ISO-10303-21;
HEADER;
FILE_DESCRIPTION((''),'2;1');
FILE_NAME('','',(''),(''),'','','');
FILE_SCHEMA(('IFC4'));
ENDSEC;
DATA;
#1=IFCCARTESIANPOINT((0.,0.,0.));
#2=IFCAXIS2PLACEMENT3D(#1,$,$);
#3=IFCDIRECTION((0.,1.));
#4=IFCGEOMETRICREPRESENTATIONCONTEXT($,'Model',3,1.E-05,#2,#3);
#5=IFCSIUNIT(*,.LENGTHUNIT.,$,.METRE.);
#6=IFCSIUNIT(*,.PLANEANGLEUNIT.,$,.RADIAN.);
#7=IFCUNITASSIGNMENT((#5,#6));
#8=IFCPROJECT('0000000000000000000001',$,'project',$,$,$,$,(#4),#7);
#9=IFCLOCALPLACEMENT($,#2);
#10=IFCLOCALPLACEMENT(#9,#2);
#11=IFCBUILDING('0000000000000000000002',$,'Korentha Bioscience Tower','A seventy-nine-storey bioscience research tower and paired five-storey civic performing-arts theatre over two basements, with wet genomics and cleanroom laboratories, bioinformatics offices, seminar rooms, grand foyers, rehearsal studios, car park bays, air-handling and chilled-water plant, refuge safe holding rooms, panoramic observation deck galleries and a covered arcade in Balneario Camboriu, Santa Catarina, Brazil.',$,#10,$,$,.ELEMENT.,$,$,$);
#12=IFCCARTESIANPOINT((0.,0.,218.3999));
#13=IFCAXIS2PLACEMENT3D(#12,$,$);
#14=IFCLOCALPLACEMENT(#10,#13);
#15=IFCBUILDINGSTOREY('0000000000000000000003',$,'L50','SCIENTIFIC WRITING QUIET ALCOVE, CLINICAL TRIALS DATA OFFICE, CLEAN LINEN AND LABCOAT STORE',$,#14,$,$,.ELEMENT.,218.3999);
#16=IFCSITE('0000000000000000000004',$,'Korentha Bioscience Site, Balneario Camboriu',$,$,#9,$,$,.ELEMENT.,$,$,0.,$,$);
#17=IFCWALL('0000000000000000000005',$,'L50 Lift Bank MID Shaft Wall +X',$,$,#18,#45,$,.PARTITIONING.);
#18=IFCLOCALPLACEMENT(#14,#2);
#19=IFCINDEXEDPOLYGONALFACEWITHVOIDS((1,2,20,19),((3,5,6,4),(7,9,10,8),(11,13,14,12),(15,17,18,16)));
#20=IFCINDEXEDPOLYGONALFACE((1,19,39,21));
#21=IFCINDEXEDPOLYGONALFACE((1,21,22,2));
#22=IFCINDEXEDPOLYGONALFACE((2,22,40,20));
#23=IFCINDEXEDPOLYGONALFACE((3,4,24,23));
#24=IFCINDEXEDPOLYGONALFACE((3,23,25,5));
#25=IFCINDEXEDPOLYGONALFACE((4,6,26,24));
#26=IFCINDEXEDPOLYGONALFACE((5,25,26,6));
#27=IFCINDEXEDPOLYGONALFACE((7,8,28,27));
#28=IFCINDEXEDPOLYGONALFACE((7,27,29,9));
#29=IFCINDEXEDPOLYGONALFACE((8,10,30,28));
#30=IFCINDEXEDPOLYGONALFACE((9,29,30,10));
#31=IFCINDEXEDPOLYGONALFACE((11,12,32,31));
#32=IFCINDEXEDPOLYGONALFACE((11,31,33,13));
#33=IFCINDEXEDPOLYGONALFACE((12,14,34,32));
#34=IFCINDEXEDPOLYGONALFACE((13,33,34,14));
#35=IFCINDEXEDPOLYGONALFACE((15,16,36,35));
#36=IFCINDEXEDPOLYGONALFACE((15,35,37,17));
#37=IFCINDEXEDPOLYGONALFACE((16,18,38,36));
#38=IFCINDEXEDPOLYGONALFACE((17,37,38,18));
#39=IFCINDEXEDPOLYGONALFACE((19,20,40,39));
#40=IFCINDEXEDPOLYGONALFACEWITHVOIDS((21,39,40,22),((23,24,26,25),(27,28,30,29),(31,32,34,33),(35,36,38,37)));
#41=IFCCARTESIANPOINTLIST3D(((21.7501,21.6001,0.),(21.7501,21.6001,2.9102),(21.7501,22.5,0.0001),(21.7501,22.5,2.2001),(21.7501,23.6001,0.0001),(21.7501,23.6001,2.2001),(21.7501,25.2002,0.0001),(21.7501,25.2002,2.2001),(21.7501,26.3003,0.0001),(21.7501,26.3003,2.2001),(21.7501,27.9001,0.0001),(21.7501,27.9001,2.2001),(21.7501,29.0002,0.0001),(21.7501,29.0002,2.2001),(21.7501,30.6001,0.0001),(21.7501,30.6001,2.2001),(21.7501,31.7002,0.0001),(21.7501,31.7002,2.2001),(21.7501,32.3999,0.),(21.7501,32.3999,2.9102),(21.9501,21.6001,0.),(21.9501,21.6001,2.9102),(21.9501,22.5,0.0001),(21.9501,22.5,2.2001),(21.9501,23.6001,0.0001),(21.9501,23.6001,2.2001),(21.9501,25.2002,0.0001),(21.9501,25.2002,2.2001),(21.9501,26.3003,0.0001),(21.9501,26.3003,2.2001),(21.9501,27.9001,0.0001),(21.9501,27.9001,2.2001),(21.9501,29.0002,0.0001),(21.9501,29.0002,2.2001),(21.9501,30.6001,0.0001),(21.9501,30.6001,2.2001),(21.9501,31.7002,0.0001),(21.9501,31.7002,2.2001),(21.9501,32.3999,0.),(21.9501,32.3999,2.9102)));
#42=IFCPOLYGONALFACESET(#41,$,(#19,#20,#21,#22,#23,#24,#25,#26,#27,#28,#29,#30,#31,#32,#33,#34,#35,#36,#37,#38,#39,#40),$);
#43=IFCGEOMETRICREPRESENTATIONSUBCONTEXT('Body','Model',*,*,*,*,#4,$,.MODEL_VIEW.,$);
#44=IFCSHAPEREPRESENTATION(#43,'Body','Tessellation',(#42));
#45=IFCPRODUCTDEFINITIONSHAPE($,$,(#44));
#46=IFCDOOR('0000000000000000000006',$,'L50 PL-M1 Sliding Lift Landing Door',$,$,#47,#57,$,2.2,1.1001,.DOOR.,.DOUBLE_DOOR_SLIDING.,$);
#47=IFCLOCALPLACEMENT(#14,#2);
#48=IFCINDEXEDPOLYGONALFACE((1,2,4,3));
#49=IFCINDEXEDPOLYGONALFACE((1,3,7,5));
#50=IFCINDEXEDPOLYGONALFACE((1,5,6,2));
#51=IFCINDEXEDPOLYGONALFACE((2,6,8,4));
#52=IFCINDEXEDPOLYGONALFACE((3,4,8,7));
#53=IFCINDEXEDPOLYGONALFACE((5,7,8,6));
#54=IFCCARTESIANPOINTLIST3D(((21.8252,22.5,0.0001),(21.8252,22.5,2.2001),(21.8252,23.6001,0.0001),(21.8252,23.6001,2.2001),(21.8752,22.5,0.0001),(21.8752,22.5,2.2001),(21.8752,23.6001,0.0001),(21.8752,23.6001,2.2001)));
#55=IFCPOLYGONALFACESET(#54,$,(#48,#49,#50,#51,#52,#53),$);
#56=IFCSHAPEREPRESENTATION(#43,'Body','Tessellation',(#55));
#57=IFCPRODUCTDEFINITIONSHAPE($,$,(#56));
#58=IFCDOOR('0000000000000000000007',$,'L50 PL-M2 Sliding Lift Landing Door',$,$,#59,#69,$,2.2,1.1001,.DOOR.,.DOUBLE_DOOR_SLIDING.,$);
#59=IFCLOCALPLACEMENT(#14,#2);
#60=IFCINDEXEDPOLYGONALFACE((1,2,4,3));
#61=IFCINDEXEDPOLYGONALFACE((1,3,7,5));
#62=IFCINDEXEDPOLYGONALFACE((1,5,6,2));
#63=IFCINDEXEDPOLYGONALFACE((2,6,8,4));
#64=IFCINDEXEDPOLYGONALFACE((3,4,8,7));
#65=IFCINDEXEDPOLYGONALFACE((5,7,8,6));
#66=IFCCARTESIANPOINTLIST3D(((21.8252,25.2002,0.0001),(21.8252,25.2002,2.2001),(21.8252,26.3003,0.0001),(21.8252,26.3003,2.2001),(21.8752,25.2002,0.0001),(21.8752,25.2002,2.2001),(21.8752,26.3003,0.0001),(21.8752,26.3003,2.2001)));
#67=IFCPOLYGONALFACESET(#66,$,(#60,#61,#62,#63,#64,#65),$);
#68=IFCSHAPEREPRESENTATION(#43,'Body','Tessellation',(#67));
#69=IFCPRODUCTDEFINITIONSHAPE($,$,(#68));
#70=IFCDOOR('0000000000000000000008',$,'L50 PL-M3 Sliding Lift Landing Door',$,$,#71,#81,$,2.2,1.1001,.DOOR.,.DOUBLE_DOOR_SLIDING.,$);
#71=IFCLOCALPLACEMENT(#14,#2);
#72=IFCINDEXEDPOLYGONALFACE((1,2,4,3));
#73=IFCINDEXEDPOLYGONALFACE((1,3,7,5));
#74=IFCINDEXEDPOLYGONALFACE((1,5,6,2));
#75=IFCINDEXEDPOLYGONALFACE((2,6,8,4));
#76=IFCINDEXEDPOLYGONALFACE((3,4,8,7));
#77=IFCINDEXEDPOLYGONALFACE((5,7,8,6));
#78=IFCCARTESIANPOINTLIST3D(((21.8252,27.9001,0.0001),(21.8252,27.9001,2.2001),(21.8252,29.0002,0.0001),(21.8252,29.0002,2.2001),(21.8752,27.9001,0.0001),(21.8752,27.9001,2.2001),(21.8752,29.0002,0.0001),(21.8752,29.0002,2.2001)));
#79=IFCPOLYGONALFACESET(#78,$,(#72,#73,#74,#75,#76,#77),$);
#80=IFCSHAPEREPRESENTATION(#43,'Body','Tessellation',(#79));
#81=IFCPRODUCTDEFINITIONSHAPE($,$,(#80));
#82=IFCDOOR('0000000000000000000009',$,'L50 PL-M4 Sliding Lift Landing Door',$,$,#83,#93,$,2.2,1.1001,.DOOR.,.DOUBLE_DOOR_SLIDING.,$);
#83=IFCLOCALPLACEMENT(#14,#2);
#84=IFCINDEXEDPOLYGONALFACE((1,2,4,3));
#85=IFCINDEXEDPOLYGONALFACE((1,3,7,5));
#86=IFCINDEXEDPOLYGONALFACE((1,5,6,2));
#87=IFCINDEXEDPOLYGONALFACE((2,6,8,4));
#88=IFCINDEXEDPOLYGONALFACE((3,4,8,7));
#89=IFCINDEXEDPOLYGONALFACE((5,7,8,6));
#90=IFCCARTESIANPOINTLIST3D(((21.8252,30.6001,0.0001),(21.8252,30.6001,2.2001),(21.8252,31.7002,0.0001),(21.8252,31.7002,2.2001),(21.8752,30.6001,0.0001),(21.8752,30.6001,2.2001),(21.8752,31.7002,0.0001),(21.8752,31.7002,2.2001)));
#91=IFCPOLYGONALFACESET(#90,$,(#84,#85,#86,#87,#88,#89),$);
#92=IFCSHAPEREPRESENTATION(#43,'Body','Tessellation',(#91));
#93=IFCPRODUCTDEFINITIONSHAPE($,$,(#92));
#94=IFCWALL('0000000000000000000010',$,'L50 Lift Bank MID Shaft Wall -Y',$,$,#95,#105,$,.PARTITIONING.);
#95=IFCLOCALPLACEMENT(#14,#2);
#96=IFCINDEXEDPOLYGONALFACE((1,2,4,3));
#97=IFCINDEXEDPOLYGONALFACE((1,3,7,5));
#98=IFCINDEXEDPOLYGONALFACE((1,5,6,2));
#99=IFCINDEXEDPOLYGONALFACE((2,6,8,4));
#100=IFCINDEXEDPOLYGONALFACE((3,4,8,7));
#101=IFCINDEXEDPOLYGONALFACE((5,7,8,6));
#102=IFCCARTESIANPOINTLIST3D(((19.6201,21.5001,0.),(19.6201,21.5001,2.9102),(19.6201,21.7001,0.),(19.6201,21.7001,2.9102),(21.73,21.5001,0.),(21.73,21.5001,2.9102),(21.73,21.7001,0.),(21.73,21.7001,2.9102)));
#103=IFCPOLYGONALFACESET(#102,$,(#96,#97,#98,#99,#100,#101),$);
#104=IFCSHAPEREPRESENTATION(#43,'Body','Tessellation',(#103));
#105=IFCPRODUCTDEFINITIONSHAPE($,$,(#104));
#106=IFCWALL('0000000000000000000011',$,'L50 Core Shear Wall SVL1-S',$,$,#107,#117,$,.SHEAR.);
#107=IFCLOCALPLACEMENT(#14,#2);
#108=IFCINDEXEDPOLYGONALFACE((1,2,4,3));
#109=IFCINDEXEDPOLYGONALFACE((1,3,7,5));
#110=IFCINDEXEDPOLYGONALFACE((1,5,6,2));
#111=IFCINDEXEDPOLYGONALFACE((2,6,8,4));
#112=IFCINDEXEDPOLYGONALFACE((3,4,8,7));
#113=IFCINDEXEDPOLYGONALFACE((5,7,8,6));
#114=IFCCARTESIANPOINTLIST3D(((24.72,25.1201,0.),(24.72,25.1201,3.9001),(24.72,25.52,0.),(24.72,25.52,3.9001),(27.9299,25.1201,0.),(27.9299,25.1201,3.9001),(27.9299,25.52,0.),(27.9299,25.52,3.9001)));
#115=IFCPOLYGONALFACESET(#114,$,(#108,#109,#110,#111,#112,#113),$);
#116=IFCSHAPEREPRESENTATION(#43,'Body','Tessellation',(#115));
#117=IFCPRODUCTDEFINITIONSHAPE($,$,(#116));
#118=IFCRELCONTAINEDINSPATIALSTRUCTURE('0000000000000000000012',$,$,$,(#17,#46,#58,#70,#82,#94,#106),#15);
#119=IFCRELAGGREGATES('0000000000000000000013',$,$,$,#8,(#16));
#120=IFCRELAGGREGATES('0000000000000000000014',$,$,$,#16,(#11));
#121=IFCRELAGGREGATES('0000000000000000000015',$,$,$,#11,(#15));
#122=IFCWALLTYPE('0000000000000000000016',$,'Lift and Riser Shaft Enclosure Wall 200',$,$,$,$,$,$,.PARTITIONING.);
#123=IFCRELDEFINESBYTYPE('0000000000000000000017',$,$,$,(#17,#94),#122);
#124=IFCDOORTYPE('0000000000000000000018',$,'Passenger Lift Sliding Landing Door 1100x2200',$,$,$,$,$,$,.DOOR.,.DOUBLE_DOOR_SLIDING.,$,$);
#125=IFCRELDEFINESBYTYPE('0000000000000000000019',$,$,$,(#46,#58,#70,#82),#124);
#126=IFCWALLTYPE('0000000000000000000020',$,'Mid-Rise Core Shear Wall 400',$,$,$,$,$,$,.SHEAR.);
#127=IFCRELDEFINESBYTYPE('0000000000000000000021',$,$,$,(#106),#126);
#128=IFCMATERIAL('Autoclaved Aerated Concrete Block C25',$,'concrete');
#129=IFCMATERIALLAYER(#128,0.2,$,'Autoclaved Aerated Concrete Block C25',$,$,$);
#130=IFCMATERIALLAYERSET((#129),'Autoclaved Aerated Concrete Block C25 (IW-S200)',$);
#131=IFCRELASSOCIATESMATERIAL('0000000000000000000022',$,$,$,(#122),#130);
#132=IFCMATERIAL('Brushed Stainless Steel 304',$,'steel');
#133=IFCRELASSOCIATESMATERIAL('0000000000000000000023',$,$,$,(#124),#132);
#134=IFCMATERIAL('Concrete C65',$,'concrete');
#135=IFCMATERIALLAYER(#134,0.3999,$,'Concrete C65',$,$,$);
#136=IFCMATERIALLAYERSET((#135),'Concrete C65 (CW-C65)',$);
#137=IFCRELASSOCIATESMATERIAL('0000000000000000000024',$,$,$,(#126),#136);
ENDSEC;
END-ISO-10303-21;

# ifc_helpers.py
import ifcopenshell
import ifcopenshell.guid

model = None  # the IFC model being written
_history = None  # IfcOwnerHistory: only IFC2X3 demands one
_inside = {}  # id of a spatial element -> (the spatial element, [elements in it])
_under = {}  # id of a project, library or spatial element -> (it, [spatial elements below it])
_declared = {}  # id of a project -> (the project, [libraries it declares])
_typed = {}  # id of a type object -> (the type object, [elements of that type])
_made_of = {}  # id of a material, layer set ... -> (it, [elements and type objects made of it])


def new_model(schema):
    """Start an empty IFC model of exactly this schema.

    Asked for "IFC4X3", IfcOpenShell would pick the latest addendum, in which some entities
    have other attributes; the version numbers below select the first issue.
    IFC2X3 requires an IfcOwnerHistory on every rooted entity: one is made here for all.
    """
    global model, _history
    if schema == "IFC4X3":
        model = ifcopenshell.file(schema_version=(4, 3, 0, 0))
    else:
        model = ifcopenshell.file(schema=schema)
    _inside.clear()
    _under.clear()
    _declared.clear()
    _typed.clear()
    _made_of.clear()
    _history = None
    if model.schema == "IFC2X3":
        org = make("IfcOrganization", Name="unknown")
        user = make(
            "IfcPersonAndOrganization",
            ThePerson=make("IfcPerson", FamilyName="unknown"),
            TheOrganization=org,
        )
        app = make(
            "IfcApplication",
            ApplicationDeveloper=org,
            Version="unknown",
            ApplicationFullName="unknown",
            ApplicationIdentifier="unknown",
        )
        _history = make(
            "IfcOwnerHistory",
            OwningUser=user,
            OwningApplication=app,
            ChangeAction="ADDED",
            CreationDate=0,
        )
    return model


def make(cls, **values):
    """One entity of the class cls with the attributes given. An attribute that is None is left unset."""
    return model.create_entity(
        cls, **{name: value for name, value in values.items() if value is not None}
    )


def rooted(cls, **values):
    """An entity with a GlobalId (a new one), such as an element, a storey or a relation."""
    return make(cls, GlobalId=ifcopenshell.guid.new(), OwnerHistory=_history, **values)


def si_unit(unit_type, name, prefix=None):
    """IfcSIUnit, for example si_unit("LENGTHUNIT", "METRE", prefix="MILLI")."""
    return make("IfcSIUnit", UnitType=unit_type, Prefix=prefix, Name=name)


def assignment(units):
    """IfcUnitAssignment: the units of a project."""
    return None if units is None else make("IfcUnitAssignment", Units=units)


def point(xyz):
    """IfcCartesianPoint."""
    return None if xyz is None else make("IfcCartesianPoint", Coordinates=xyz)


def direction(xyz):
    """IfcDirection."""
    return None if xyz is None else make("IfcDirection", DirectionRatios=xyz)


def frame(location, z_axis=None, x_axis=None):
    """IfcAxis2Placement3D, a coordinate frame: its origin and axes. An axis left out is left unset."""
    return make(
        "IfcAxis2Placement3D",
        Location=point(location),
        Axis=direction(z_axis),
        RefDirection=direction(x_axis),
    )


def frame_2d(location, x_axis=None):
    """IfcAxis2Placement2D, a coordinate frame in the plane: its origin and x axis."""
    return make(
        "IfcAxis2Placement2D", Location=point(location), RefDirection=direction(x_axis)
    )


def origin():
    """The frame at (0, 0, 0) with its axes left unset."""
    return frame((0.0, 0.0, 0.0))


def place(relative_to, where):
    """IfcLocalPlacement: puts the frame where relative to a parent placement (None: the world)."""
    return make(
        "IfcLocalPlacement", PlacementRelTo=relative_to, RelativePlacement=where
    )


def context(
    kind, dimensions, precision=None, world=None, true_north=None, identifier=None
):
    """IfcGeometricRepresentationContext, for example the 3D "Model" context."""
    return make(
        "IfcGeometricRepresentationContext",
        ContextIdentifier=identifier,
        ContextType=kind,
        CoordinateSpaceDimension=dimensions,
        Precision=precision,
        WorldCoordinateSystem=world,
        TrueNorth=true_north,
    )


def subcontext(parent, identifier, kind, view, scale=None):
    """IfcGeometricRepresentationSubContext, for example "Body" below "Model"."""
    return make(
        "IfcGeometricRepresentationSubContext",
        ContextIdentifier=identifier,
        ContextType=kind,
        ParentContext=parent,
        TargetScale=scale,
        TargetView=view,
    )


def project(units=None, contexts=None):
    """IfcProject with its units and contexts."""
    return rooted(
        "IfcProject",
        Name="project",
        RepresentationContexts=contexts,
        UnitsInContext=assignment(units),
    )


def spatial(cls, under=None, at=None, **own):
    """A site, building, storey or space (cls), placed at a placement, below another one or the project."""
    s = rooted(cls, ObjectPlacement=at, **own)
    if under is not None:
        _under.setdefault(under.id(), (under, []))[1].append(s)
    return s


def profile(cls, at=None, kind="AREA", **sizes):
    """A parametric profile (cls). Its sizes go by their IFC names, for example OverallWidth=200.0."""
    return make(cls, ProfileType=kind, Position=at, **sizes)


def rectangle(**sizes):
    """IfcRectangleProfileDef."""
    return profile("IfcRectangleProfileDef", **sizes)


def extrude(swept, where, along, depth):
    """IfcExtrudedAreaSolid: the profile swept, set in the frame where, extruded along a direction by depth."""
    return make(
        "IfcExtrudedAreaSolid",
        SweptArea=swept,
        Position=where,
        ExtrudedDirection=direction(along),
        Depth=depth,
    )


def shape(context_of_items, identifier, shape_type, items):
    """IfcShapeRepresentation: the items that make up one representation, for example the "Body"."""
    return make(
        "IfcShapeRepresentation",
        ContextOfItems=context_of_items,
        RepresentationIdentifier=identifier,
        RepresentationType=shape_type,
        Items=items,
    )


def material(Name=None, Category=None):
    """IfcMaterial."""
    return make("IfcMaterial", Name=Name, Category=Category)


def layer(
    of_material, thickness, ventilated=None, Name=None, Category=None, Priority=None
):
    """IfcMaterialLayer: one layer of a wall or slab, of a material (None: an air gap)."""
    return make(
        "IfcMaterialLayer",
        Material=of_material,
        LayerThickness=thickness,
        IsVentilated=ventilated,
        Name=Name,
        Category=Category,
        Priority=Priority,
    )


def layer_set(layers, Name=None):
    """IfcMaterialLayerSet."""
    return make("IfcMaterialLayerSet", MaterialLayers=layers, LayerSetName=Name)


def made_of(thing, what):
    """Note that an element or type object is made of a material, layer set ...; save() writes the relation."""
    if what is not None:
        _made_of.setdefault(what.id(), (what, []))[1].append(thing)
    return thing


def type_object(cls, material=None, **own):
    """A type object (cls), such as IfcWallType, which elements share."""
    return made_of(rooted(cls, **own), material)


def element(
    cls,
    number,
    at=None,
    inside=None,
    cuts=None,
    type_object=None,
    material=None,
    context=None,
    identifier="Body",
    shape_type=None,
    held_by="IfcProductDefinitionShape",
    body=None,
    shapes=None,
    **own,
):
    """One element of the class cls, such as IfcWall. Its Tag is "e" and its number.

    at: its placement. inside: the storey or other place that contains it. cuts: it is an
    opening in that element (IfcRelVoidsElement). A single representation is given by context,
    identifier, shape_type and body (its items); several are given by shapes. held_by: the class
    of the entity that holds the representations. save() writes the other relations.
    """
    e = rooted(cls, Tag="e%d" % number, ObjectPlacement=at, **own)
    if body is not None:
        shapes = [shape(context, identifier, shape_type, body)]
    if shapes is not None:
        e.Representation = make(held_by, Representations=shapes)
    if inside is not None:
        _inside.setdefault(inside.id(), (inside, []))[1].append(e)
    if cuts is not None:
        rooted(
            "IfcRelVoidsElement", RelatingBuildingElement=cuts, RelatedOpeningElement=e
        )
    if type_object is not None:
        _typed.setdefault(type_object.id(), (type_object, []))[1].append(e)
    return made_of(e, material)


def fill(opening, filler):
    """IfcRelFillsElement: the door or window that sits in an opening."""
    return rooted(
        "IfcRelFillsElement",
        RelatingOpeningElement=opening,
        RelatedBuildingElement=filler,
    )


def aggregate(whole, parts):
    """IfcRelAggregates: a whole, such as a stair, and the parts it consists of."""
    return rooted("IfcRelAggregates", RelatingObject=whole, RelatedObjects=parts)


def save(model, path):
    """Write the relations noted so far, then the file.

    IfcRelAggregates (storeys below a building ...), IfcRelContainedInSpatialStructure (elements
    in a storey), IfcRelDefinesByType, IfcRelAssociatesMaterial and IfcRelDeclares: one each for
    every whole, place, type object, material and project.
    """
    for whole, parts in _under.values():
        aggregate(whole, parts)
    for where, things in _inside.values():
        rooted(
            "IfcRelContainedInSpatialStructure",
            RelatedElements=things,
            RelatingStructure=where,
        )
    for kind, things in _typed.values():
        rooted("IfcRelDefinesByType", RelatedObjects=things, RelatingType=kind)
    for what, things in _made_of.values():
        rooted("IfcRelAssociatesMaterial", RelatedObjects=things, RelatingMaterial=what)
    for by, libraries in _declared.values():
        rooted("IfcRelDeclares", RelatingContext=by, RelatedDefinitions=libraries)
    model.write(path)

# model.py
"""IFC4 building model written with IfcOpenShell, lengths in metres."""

from ifc_helpers import new_model, si_unit, direction, frame, frame_2d, origin, place, context, subcontext, project, spatial, rectangle, extrude, material, layer, layer_set, type_object, element, fill, save


model = new_model("IFC4")

# Units and contexts
model_context = context("Model", 3, precision=1e-05, world=origin(), true_north=direction((0.0, 1.0)))
body_context = subcontext(model_context, "Body", "Model", "MODEL_VIEW")
ifc_project = project(units=[si_unit("LENGTHUNIT", "METRE"), si_unit("PLANEANGLEUNIT", "RADIAN")], contexts=[model_context])

# Site, building, storey
site_placement = place(None, origin())
site = spatial("IfcSite", under=ifc_project, at=site_placement, Name="Korentha Bioscience Site, Balneario Camboriu", CompositionType="ELEMENT", RefElevation=0.0)
building_placement = place(site_placement, origin())
building = spatial("IfcBuilding", under=site, at=building_placement, Name="Korentha Bioscience Tower", Description="A seventy-nine-storey bioscience research tower and paired five-storey civic performing-arts theatre over two basements, with wet genomics and cleanroom laboratories, bioinformatics offices, seminar rooms, grand foyers, rehearsal studios, car park bays, air-handling and chilled-water plant, refuge safe holding rooms, panoramic observation deck galleries and a covered arcade in Balneario Camboriu, Santa Catarina, Brazil.", CompositionType="ELEMENT")
storey_placement = place(building_placement, frame((0.0, 0.0, 218.3999)))
storey = spatial("IfcBuildingStorey", under=building, at=storey_placement, Name="L50", Description="SCIENTIFIC WRITING QUIET ALCOVE, CLINICAL TRIALS DATA OFFICE, CLEAN LINEN AND LABCOAT STORE", CompositionType="ELEMENT", Elevation=218.3999)

# Shared definitions
ifc_material_1 = material(Name="Concrete C65", Category="concrete")

# Shared definitions
ifc_material_2 = material(Name="Autoclaved Aerated Concrete Block C25", Category="concrete")
ifc_layer_1 = layer(ifc_material_2, 0.2, Name="Autoclaved Aerated Concrete Block C25")
ifc_layer_set_1 = layer_set([ifc_layer_1], Name="Autoclaved Aerated Concrete Block C25 (IW-S200)")
wall_type_1 = type_object("IfcWallType", Name="Lift and Riser Shaft Enclosure Wall 200", PredefinedType="PARTITIONING", material=ifc_layer_set_1)

# Wall, openings, doors
wall_1_placement = place(storey_placement, frame((21.8501, 21.6001, 0.0), z_axis=(0.0, 0.0, 1.0), x_axis=(0.0, 1.0, 0.0)))
wall_1 = element("IfcWall", 1, at=wall_1_placement, inside=storey, type_object=wall_type_1, Name="L50 Lift Bank MID Shaft Wall +X", PredefinedType="PARTITIONING", context=body_context, shape_type="SweptSolid", body=[
    extrude(rectangle(XDim=10.7998, YDim=0.2, at=frame_2d((5.3999, 0.0))), origin(), (0.0, 0.0, 1.0), 2.9102),
])
opening_1_placement = place(wall_1_placement, frame((0.8999, 0.0, 0.0)))
opening_1 = element("IfcOpeningElement", 2, at=opening_1_placement, cuts=wall_1, PredefinedType="OPENING", context=body_context, shape_type="SweptSolid", body=[
    extrude(rectangle(XDim=1.1001, YDim=2.2, at=frame_2d((0.55, 1.1001))), frame((0.0, 0.1147, 0.0), z_axis=(0.0, -1.0, 0.0), x_axis=(1.0, 0.0, 0.0)), (0.0, 0.0, 1.0), 0.2297),
])
opening_2_placement = place(wall_1_placement, frame((3.6001, 0.0, 0.0)))
opening_2 = element("IfcOpeningElement", 3, at=opening_2_placement, cuts=wall_1, PredefinedType="OPENING", context=body_context, shape_type="SweptSolid", body=[
    extrude(rectangle(XDim=1.1001, YDim=2.2, at=frame_2d((0.55, 1.1001))), frame((0.0, 0.1147, 0.0), z_axis=(0.0, -1.0, 0.0), x_axis=(1.0, 0.0, 0.0)), (0.0, 0.0, 1.0), 0.2297),
])
opening_3_placement = place(wall_1_placement, frame((6.3, 0.0, 0.0)))
opening_3 = element("IfcOpeningElement", 4, at=opening_3_placement, cuts=wall_1, PredefinedType="OPENING", context=body_context, shape_type="SweptSolid", body=[
    extrude(rectangle(XDim=1.1001, YDim=2.2, at=frame_2d((0.55, 1.1001))), frame((0.0, 0.1147, 0.0), z_axis=(0.0, -1.0, 0.0), x_axis=(1.0, 0.0, 0.0)), (0.0, 0.0, 1.0), 0.2297),
])
opening_4_placement = place(wall_1_placement, frame((9.0, 0.0, 0.0)))
opening_4 = element("IfcOpeningElement", 5, at=opening_4_placement, cuts=wall_1, PredefinedType="OPENING", context=body_context, shape_type="SweptSolid", body=[
    extrude(rectangle(XDim=1.1001, YDim=2.2, at=frame_2d((0.55, 1.1001))), frame((0.0, 0.1147, 0.0), z_axis=(0.0, -1.0, 0.0), x_axis=(1.0, 0.0, 0.0)), (0.0, 0.0, 1.0), 0.2297),
])
ifc_material_3 = material(Name="Brushed Stainless Steel 304", Category="steel")
door_type_1 = type_object("IfcDoorType", Name="Passenger Lift Sliding Landing Door 1100x2200", OperationType="DOUBLE_DOOR_SLIDING", PredefinedType="DOOR", material=ifc_material_3)
door_1_placement = place(opening_1_placement, origin())
door_1 = element("IfcDoor", 6, at=door_1_placement, inside=storey, type_object=door_type_1, Name="L50 PL-M1 Sliding Lift Landing Door", OperationType="DOUBLE_DOOR_SLIDING", OverallHeight=2.2, OverallWidth=1.1001, PredefinedType="DOOR", context=body_context, shape_type="SweptSolid", body=[
    extrude(rectangle(XDim=1.1001, YDim=2.2, at=frame_2d((0.55, 1.1001))), frame((0.0, 0.0249, 0.0), z_axis=(0.0, -1.0, 0.0), x_axis=(1.0, 0.0, 0.0)), (0.0, 0.0, 1.0), 0.05),
])
fill(opening_1, door_1)
door_2_placement = place(opening_2_placement, origin())
door_2 = element("IfcDoor", 7, at=door_2_placement, inside=storey, type_object=door_type_1, Name="L50 PL-M2 Sliding Lift Landing Door", OperationType="DOUBLE_DOOR_SLIDING", OverallHeight=2.2, OverallWidth=1.1001, PredefinedType="DOOR", context=body_context, shape_type="SweptSolid", body=[
    extrude(rectangle(XDim=1.1001, YDim=2.2, at=frame_2d((0.55, 1.1001))), frame((0.0, 0.0249, 0.0), z_axis=(0.0, -1.0, 0.0), x_axis=(1.0, 0.0, 0.0)), (0.0, 0.0, 1.0), 0.05),
])
fill(opening_2, door_2)
door_3_placement = place(opening_3_placement, origin())
door_3 = element("IfcDoor", 8, at=door_3_placement, inside=storey, type_object=door_type_1, Name="L50 PL-M3 Sliding Lift Landing Door", OperationType="DOUBLE_DOOR_SLIDING", OverallHeight=2.2, OverallWidth=1.1001, PredefinedType="DOOR", context=body_context, shape_type="SweptSolid", body=[
    extrude(rectangle(XDim=1.1001, YDim=2.2, at=frame_2d((0.55, 1.1001))), frame((0.0, 0.0249, 0.0), z_axis=(0.0, -1.0, 0.0), x_axis=(1.0, 0.0, 0.0)), (0.0, 0.0, 1.0), 0.05),
])
fill(opening_3, door_3)
door_4_placement = place(opening_4_placement, origin())
door_4 = element("IfcDoor", 9, at=door_4_placement, inside=storey, type_object=door_type_1, Name="L50 PL-M4 Sliding Lift Landing Door", OperationType="DOUBLE_DOOR_SLIDING", OverallHeight=2.2, OverallWidth=1.1001, PredefinedType="DOOR", context=body_context, shape_type="SweptSolid", body=[
    extrude(rectangle(XDim=1.1001, YDim=2.2, at=frame_2d((0.55, 1.1001))), frame((0.0, 0.0249, 0.0), z_axis=(0.0, -1.0, 0.0), x_axis=(1.0, 0.0, 0.0)), (0.0, 0.0, 1.0), 0.05),
])
fill(opening_4, door_4)

# Walls
wall_2_placement = place(storey_placement, frame((19.6201, 21.6001, 0.0), z_axis=(0.0, 0.0, 1.0), x_axis=(1.0, 0.0, 0.0)))
element("IfcWall", 10, at=wall_2_placement, inside=storey, type_object=wall_type_1, Name="L50 Lift Bank MID Shaft Wall -Y", PredefinedType="PARTITIONING", context=body_context, shape_type="SweptSolid", body=[
    extrude(rectangle(XDim=2.1099, YDim=0.2, at=frame_2d((1.0549, 0.0))), origin(), (0.0, 0.0, 1.0), 2.9102),
])
ifc_layer_2 = layer(ifc_material_1, 0.3999, Name="Concrete C65")
ifc_layer_set_2 = layer_set([ifc_layer_2], Name="Concrete C65 (CW-C65)")
wall_type_2 = type_object("IfcWallType", Name="Mid-Rise Core Shear Wall 400", PredefinedType="SHEAR", material=ifc_layer_set_2)
wall_3_placement = place(storey_placement, frame((24.72, 25.3201, 0.0), z_axis=(0.0, 0.0, 1.0), x_axis=(1.0, 0.0, 0.0)))
element("IfcWall", 11, at=wall_3_placement, inside=storey, type_object=wall_type_2, Name="L50 Core Shear Wall SVL1-S", PredefinedType="SHEAR", context=body_context, shape_type="SweptSolid", body=[
    extrude(rectangle(XDim=3.21, YDim=0.3999, at=frame_2d((1.605, 0.0))), origin(), (0.0, 0.0, 1.0), 3.9001),
])

save(model, "model.ifc")
